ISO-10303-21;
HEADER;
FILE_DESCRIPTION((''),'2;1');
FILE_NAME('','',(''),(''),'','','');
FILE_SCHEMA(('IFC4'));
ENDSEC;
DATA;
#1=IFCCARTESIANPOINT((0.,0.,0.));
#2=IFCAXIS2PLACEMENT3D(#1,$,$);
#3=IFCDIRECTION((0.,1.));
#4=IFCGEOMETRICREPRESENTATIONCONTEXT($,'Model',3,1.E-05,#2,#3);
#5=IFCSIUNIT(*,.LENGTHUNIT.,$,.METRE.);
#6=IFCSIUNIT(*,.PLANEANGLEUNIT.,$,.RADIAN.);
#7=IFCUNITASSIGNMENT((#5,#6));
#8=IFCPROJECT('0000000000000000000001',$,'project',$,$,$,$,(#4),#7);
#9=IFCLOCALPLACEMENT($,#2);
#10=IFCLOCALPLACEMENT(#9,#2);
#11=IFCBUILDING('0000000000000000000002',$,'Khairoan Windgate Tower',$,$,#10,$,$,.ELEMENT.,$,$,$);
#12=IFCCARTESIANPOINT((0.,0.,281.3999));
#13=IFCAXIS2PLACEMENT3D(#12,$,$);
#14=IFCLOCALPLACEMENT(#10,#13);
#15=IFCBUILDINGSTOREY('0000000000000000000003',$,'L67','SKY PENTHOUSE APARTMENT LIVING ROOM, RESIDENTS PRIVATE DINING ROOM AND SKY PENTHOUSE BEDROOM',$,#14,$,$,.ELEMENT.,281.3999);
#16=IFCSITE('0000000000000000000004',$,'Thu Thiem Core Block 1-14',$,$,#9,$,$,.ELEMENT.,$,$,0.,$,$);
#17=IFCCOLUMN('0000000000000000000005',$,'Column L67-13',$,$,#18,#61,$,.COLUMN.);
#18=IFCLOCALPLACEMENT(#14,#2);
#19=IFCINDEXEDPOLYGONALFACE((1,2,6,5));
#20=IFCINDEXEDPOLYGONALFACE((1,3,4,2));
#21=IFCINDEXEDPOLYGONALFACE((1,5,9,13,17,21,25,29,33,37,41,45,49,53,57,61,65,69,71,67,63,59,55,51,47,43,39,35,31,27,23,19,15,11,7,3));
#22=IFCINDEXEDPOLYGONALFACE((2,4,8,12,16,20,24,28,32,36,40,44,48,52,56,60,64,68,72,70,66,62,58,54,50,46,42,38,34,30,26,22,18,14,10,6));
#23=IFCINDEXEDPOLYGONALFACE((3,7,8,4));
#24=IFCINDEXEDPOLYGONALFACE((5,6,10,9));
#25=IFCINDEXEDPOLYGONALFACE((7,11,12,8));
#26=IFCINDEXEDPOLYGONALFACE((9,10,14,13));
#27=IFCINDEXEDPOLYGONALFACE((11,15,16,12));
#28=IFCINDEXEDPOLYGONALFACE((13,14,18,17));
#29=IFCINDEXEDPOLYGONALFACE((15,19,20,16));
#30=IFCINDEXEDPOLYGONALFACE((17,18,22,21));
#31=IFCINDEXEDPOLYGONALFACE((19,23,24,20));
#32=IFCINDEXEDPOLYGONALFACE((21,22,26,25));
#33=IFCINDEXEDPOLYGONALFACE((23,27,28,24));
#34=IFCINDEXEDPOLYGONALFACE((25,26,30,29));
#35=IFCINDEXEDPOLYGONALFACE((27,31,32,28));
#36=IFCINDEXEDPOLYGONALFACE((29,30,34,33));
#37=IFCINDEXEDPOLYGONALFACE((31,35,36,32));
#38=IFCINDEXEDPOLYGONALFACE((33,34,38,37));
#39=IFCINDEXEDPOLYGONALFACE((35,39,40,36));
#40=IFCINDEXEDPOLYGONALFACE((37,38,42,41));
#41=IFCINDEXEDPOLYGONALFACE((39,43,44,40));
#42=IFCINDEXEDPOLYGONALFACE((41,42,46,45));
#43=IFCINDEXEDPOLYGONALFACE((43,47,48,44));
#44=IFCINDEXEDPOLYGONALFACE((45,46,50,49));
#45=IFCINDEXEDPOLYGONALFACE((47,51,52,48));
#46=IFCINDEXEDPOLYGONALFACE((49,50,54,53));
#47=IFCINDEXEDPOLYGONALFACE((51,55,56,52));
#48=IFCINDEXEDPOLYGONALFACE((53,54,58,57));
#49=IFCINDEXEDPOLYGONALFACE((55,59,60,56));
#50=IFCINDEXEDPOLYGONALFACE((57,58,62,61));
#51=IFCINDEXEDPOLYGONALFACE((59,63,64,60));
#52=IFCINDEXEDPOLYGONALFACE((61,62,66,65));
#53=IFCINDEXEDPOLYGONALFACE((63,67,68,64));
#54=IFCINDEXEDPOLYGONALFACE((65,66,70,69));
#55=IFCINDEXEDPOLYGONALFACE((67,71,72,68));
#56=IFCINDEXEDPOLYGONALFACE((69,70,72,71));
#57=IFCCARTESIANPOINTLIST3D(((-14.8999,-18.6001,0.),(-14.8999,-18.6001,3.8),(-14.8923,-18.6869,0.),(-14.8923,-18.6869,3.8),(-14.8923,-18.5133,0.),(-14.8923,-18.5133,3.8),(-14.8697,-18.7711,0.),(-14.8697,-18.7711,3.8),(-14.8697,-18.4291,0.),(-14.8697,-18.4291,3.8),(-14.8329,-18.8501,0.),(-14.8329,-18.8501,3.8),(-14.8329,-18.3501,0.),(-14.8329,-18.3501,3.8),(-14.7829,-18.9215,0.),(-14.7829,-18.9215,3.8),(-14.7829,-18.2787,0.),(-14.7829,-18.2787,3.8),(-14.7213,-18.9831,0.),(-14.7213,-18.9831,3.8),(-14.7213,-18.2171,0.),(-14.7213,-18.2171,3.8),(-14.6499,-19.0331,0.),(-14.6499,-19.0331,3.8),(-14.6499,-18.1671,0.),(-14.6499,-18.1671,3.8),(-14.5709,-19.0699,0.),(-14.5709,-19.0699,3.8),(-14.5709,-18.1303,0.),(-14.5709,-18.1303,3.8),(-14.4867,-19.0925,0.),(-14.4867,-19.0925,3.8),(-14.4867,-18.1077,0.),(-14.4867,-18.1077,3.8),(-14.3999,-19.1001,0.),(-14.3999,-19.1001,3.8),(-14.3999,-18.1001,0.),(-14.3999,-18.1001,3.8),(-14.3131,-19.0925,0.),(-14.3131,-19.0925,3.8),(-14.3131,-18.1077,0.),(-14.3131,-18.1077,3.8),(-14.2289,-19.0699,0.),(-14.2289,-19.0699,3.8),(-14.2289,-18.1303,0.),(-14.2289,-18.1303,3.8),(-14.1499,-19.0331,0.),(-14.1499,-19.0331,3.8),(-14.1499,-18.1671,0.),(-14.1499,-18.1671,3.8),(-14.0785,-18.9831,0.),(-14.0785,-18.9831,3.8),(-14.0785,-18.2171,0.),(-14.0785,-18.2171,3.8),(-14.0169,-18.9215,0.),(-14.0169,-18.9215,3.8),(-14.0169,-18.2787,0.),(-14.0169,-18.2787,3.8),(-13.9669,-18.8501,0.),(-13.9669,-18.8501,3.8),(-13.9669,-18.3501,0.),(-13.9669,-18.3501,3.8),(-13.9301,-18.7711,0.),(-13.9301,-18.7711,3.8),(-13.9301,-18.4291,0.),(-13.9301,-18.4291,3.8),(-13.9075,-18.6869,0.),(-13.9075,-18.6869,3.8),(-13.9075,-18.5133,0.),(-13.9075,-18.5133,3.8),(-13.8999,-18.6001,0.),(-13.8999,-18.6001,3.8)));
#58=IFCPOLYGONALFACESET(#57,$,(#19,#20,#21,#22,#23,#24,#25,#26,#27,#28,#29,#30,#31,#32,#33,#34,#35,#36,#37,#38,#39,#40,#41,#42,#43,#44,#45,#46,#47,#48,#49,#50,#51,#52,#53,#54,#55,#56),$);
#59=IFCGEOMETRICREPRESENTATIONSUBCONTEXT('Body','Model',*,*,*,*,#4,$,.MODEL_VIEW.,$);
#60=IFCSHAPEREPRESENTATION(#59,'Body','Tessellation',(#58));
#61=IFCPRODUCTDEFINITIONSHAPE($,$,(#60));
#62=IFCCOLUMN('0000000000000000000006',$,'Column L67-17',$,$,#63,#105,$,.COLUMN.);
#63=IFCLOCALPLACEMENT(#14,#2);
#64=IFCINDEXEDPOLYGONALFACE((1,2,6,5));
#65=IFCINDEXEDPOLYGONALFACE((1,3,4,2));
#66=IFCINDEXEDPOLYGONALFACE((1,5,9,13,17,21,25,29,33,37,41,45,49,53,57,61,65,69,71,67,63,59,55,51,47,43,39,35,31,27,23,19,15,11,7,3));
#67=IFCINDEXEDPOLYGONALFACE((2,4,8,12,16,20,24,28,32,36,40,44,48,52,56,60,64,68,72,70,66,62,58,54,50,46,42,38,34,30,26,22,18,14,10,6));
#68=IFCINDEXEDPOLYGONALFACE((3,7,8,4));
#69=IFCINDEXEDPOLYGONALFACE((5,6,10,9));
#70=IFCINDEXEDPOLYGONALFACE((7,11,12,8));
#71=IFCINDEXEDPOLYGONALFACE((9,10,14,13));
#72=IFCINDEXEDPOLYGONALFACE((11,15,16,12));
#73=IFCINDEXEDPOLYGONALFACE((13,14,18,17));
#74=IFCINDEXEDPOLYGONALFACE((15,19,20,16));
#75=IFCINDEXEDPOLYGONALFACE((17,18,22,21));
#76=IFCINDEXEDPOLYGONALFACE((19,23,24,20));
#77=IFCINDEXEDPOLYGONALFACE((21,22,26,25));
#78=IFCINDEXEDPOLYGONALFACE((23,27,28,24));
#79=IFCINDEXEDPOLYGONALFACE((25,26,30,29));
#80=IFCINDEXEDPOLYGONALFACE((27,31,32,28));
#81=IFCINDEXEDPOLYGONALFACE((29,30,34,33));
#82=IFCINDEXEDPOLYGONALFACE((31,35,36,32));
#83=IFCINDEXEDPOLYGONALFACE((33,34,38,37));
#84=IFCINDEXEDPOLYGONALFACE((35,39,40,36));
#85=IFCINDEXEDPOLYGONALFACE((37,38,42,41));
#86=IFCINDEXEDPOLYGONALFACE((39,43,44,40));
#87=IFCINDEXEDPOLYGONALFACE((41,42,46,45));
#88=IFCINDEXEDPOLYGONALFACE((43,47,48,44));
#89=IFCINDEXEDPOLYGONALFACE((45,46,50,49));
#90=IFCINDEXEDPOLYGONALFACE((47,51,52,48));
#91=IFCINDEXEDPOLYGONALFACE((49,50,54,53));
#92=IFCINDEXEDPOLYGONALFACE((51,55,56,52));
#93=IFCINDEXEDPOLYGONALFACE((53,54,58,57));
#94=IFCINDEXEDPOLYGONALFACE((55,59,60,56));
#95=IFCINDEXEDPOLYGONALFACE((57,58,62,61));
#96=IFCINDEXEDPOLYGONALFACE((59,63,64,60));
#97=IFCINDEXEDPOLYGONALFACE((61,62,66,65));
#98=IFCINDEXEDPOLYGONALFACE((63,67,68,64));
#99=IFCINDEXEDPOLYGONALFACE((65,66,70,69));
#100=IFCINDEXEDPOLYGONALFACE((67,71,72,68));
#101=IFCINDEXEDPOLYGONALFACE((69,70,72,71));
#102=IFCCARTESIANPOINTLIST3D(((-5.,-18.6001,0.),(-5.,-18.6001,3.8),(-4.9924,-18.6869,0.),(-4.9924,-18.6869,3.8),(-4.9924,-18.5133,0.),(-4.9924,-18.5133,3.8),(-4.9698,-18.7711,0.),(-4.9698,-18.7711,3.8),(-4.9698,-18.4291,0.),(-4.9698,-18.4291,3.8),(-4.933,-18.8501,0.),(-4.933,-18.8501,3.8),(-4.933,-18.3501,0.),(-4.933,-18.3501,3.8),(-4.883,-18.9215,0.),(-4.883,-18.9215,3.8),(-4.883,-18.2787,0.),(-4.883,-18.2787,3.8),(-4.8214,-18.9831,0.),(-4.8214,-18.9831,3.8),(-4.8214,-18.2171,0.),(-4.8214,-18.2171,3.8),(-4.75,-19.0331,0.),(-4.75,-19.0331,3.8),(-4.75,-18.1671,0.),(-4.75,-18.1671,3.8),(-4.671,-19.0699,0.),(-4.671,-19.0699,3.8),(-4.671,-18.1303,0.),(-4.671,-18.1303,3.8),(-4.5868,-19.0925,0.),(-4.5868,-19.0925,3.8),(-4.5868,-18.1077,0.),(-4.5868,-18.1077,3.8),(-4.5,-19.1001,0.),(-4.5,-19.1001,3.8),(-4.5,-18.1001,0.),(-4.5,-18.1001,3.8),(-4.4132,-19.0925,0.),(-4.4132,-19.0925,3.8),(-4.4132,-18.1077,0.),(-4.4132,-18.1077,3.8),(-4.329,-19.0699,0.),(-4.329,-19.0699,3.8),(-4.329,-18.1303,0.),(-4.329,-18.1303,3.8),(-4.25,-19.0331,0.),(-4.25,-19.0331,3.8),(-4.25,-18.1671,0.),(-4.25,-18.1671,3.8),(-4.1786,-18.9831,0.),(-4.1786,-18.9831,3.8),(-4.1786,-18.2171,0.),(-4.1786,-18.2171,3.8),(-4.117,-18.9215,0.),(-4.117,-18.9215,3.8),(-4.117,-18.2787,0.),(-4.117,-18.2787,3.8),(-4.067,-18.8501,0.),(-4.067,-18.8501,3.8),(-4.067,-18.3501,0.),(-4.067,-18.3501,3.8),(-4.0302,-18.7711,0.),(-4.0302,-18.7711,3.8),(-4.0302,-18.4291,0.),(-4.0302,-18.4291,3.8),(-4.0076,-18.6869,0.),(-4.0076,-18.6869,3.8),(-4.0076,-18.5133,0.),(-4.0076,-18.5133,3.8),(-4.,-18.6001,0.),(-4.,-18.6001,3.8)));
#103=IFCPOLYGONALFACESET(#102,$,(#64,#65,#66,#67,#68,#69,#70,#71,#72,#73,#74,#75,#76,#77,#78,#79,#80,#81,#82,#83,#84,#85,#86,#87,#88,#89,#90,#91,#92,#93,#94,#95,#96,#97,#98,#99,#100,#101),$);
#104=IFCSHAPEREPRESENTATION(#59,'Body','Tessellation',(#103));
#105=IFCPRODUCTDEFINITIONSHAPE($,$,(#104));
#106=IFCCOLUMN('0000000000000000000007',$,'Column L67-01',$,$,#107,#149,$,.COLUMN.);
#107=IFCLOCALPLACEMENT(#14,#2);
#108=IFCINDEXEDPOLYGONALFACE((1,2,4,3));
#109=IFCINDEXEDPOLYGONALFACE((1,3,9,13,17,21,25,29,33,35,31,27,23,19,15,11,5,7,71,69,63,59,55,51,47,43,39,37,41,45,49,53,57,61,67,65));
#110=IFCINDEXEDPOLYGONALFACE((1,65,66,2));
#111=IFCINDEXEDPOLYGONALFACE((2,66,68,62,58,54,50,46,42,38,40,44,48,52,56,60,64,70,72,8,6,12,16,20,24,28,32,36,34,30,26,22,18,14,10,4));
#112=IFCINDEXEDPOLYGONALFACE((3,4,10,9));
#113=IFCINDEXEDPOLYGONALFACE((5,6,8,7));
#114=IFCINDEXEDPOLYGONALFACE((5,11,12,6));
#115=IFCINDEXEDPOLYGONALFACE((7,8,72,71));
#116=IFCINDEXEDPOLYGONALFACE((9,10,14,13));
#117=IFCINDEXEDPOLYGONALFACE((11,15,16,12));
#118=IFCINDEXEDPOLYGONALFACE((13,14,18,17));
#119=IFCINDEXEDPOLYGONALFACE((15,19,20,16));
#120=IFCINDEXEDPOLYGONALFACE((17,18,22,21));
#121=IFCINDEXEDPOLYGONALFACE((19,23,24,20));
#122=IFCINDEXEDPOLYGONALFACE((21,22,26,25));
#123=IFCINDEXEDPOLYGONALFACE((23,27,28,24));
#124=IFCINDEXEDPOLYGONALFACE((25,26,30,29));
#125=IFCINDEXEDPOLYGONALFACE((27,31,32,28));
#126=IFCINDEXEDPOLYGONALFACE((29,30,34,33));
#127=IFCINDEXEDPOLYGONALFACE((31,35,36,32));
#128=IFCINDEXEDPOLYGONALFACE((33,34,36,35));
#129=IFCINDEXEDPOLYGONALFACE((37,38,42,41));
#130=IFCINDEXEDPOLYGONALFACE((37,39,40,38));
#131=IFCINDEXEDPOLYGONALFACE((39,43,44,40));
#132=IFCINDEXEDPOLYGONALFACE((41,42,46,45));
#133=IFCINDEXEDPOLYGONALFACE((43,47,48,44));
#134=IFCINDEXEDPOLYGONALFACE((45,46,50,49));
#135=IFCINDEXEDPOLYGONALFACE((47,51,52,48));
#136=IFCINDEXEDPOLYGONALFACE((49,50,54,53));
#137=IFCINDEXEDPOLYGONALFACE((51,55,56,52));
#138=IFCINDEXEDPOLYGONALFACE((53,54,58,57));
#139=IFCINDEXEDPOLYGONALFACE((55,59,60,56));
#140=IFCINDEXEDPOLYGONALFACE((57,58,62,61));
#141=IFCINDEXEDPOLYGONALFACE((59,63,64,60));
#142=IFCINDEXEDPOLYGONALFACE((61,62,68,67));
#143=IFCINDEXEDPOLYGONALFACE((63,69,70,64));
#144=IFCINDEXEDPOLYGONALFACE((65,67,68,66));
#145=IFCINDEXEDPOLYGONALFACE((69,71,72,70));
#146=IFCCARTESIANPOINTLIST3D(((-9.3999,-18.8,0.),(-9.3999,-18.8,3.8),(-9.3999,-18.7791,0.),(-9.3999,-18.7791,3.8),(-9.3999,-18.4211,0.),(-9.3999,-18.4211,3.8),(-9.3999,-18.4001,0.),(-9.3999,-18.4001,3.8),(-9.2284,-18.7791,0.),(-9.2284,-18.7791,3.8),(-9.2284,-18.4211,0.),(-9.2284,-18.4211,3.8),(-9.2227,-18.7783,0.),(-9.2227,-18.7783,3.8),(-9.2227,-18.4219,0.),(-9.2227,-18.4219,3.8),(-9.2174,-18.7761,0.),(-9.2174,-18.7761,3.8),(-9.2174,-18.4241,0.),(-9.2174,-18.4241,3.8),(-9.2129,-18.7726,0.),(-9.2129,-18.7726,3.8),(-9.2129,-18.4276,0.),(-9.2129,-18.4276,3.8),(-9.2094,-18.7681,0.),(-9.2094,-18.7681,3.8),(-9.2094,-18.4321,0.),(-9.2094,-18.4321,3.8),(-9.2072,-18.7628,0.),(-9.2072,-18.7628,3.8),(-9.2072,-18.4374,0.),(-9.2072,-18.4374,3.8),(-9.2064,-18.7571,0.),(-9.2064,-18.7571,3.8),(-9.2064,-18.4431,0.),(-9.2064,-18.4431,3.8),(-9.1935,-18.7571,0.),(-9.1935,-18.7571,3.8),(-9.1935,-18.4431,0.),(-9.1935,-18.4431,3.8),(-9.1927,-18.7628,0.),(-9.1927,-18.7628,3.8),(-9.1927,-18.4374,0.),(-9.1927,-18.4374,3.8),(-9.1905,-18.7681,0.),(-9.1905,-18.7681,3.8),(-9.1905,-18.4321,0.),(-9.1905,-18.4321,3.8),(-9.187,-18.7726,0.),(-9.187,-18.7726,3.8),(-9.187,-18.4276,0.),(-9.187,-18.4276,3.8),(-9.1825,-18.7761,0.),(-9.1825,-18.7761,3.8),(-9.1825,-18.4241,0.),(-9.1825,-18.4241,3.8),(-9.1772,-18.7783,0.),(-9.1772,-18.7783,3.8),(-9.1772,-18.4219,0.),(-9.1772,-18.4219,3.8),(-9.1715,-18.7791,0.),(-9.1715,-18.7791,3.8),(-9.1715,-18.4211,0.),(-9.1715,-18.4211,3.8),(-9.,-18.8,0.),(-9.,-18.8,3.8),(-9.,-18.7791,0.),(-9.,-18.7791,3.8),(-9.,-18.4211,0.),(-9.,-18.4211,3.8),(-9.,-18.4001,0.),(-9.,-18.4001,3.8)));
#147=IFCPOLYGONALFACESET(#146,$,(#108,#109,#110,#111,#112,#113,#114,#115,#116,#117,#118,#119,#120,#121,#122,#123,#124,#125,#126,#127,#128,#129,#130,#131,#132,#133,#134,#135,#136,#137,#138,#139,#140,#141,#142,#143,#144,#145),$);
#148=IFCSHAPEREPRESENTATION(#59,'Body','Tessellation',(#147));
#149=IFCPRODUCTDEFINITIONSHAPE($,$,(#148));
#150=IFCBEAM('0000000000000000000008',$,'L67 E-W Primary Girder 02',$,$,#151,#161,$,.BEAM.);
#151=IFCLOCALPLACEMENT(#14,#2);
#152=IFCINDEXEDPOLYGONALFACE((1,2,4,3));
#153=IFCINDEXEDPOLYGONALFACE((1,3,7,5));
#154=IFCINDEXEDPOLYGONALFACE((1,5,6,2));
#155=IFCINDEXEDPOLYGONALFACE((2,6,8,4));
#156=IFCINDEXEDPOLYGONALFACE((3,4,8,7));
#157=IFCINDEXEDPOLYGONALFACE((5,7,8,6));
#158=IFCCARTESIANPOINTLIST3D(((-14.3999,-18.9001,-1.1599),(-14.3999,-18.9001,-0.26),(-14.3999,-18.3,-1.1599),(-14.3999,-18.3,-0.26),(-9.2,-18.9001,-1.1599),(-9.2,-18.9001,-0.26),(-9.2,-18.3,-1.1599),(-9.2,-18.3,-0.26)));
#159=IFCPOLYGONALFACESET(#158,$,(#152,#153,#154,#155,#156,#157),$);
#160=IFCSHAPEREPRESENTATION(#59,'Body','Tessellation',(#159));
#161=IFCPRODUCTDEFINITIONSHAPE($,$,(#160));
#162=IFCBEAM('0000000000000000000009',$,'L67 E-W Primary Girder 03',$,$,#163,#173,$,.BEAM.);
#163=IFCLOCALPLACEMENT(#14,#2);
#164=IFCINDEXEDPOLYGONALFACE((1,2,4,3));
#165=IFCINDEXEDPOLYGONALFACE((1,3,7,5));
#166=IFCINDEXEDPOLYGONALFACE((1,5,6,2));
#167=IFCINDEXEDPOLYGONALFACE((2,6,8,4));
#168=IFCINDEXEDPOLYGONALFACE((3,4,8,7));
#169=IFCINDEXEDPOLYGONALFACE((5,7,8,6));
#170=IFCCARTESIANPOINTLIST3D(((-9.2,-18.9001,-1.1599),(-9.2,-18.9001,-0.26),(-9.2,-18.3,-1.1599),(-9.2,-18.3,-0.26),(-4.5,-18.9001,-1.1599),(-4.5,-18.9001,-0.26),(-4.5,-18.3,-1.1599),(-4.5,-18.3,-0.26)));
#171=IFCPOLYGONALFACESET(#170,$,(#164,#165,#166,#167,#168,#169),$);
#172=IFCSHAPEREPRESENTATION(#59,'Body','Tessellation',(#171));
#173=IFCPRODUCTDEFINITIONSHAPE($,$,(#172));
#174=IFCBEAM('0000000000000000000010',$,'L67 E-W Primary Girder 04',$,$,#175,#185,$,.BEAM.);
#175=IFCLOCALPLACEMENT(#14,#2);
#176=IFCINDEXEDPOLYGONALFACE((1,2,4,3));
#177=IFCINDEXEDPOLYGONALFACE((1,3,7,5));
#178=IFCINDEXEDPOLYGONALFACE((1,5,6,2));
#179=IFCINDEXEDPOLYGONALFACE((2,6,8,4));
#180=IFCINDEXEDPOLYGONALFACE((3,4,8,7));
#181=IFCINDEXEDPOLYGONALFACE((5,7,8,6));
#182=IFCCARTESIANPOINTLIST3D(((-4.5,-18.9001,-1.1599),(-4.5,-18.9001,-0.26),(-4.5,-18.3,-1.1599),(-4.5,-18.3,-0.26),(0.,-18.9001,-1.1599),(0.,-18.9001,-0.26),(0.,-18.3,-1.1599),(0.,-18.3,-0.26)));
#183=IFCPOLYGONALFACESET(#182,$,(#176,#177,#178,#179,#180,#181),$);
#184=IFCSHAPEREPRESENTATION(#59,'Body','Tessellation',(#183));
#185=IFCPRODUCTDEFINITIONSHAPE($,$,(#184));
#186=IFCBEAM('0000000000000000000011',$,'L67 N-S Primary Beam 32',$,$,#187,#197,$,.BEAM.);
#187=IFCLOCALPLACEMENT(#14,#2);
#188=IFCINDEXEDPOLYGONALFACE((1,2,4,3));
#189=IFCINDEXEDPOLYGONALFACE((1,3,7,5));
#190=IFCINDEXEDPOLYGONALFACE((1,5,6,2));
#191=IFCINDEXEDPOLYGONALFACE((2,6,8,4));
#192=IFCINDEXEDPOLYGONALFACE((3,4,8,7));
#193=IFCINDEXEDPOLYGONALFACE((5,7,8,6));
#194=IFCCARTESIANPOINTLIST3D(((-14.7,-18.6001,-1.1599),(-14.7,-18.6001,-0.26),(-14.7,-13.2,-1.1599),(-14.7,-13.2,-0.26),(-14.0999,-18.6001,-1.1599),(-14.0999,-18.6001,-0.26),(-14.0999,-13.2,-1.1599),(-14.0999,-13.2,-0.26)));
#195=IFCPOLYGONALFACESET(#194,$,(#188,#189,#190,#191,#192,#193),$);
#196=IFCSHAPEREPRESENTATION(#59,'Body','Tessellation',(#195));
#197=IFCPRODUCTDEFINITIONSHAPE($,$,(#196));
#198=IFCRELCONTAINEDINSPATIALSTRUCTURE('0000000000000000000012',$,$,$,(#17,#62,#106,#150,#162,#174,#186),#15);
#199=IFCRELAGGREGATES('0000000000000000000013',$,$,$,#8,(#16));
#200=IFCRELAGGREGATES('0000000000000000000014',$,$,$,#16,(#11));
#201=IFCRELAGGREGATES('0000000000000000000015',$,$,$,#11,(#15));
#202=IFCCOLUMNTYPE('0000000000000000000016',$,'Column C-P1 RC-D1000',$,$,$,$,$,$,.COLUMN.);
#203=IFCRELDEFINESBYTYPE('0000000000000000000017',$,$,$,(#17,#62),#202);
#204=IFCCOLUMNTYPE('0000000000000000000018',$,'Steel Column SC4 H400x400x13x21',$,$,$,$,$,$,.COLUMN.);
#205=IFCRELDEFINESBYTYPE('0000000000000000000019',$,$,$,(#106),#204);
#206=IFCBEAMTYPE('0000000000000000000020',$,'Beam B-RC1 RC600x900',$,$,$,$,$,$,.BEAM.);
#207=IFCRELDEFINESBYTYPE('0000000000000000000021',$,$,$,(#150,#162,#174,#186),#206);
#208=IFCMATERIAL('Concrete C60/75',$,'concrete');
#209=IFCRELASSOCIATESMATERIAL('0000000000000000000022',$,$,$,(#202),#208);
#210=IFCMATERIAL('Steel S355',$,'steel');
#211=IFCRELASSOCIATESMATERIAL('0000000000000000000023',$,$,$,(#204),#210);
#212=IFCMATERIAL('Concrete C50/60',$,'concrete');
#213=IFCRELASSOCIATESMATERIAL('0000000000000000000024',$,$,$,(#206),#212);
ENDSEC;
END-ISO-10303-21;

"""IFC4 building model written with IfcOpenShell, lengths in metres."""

from ifc_helpers import new_model, si_unit, direction, frame, origin, origin_2d, place, context, subcontext, project, spatial, rectangle, circle, i_section, extrude, material, material_profile, profile_set, type_object, element, save


model = new_model("IFC4")

# Units and contexts
model_context = context("Model", 3, precision=1e-05, world=origin(), true_north=direction((0.0, 1.0)))
body_context = subcontext(model_context, "Body", "Model", "MODEL_VIEW")
ifc_project = project(units=[si_unit("LENGTHUNIT", "METRE"), si_unit("PLANEANGLEUNIT", "RADIAN")], contexts=[model_context])

# Site, building, storey
site_placement = place(None, origin())
site = spatial("IfcSite", under=ifc_project, at=site_placement, Name="Thu Thiem Core Block 1-14", CompositionType="ELEMENT", RefElevation=0.0)
building_placement = place(site_placement, origin())
building = spatial("IfcBuilding", under=site, at=building_placement, Name="Khairoan Windgate Tower", CompositionType="ELEMENT")
storey_placement = place(building_placement, frame((0.0, 0.0, 281.3999)))
storey = spatial("IfcBuildingStorey", under=building, at=storey_placement, Name="L67", Description="SKY PENTHOUSE APARTMENT LIVING ROOM, RESIDENTS PRIVATE DINING ROOM AND SKY PENTHOUSE BEDROOM", CompositionType="ELEMENT", Elevation=281.3999)

# Columns
ifc_material_1 = material(Name="Concrete C60/75", Category="concrete")
ifc_material_profile_1 = material_profile(ifc_material_1, circle(Radius=0.5, at=origin_2d()))
ifc_profile_set_1 = profile_set([ifc_material_profile_1], Name="Concrete C60/75")
column_type_1 = type_object("IfcColumnType", Name="Column C-P1 RC-D1000", PredefinedType="COLUMN", material=ifc_profile_set_1)
for number, where, z_axis, x_axis, name in (
    (1, (-14.3999, -18.6001, 0.0), (0.0, 0.0, 1.0), (1.0, 0.0, 0.0), "Column L67-13"),
    (2, (-4.5, -18.6001, 0.0), (0.0, 0.0, 1.0), (1.0, 0.0, 0.0), "Column L67-17"),
):
    element("IfcColumn", number, at=place(storey_placement, frame(where, z_axis=z_axis, x_axis=x_axis)), inside=storey, type_object=column_type_1, Name=name, PredefinedType="COLUMN", context=body_context, shape_type="SweptSolid", body=[
        extrude(circle(Radius=0.5, at=origin_2d()), origin(), (0.0, 0.0, 1.0), 3.8),
    ])
ifc_material_2 = material(Name="Steel S355", Category="steel")
ifc_material_profile_2 = material_profile(ifc_material_2, i_section(OverallWidth=0.3999, OverallDepth=0.3999, WebThickness=0.0129, FlangeThickness=0.021, FilletRadius=0.022, at=origin_2d()))
ifc_profile_set_2 = profile_set([ifc_material_profile_2], Name="Steel S355")
column_type_2 = type_object("IfcColumnType", Name="Steel Column SC4 H400x400x13x21", PredefinedType="COLUMN", material=ifc_profile_set_2)
column_placement = place(storey_placement, frame((-9.2, -18.6001, 0.0), z_axis=(0.0, 0.0, 1.0), x_axis=(1.0, 0.0, 0.0)))
element("IfcColumn", 3, at=column_placement, inside=storey, type_object=column_type_2, Name="Column L67-01", PredefinedType="COLUMN", context=body_context, shape_type="SweptSolid", body=[
    extrude(i_section(OverallWidth=0.3999, OverallDepth=0.3999, WebThickness=0.0129, FlangeThickness=0.021, FilletRadius=0.022, at=origin_2d()), origin(), (0.0, 0.0, 1.0), 3.8),
])

# Beams
ifc_material_3 = material(Name="Concrete C50/60", Category="concrete")
ifc_material_profile_3 = material_profile(ifc_material_3, rectangle(XDim=0.6001, YDim=0.8999, at=origin_2d()))
ifc_profile_set_3 = profile_set([ifc_material_profile_3], Name="Concrete C50/60")
beam_type_1 = type_object("IfcBeamType", Name="Beam B-RC1 RC600x900", PredefinedType="BEAM", material=ifc_profile_set_3)
beam_1_placement = place(storey_placement, frame((-14.3999, -18.6001, -0.71), z_axis=(1.0, 0.0, 0.0), x_axis=(0.0, 1.0, 0.0)))
element("IfcBeam", 4, at=beam_1_placement, inside=storey, type_object=beam_type_1, Name="L67 E-W Primary Girder 02", PredefinedType="BEAM", context=body_context, shape_type="SweptSolid", body=[
    extrude(rectangle(XDim=0.6001, YDim=0.8999, at=origin_2d()), origin(), (0.0, 0.0, 1.0), 5.2),
])
beam_2_placement = place(storey_placement, frame((-9.2, -18.6001, -0.71), z_axis=(1.0, 0.0, 0.0), x_axis=(0.0, 1.0, 0.0)))
element("IfcBeam", 5, at=beam_2_placement, inside=storey, type_object=beam_type_1, Name="L67 E-W Primary Girder 03", PredefinedType="BEAM", context=body_context, shape_type="SweptSolid", body=[
    extrude(rectangle(XDim=0.6001, YDim=0.8999, at=origin_2d()), origin(), (0.0, 0.0, 1.0), 4.7),
])
beam_3_placement = place(storey_placement, frame((-4.5, -18.6001, -0.71), z_axis=(1.0, 0.0, 0.0), x_axis=(0.0, 1.0, 0.0)))
element("IfcBeam", 6, at=beam_3_placement, inside=storey, type_object=beam_type_1, Name="L67 E-W Primary Girder 04", PredefinedType="BEAM", context=body_context, shape_type="SweptSolid", body=[
    extrude(rectangle(XDim=0.6001, YDim=0.8999, at=origin_2d()), origin(), (0.0, 0.0, 1.0), 4.5),
])
beam_4_placement = place(storey_placement, frame((-14.3999, -18.6001, -0.71), z_axis=(0.0, 1.0, 0.0), x_axis=(-1.0, 0.0, 0.0)))
element("IfcBeam", 7, at=beam_4_placement, inside=storey, type_object=beam_type_1, Name="L67 N-S Primary Beam 32", PredefinedType="BEAM", context=body_context, shape_type="SweptSolid", body=[
    extrude(rectangle(XDim=0.6001, YDim=0.8999, at=origin_2d()), origin(), (0.0, 0.0, 1.0), 5.4001),
])

save(model, "model.ifc")
